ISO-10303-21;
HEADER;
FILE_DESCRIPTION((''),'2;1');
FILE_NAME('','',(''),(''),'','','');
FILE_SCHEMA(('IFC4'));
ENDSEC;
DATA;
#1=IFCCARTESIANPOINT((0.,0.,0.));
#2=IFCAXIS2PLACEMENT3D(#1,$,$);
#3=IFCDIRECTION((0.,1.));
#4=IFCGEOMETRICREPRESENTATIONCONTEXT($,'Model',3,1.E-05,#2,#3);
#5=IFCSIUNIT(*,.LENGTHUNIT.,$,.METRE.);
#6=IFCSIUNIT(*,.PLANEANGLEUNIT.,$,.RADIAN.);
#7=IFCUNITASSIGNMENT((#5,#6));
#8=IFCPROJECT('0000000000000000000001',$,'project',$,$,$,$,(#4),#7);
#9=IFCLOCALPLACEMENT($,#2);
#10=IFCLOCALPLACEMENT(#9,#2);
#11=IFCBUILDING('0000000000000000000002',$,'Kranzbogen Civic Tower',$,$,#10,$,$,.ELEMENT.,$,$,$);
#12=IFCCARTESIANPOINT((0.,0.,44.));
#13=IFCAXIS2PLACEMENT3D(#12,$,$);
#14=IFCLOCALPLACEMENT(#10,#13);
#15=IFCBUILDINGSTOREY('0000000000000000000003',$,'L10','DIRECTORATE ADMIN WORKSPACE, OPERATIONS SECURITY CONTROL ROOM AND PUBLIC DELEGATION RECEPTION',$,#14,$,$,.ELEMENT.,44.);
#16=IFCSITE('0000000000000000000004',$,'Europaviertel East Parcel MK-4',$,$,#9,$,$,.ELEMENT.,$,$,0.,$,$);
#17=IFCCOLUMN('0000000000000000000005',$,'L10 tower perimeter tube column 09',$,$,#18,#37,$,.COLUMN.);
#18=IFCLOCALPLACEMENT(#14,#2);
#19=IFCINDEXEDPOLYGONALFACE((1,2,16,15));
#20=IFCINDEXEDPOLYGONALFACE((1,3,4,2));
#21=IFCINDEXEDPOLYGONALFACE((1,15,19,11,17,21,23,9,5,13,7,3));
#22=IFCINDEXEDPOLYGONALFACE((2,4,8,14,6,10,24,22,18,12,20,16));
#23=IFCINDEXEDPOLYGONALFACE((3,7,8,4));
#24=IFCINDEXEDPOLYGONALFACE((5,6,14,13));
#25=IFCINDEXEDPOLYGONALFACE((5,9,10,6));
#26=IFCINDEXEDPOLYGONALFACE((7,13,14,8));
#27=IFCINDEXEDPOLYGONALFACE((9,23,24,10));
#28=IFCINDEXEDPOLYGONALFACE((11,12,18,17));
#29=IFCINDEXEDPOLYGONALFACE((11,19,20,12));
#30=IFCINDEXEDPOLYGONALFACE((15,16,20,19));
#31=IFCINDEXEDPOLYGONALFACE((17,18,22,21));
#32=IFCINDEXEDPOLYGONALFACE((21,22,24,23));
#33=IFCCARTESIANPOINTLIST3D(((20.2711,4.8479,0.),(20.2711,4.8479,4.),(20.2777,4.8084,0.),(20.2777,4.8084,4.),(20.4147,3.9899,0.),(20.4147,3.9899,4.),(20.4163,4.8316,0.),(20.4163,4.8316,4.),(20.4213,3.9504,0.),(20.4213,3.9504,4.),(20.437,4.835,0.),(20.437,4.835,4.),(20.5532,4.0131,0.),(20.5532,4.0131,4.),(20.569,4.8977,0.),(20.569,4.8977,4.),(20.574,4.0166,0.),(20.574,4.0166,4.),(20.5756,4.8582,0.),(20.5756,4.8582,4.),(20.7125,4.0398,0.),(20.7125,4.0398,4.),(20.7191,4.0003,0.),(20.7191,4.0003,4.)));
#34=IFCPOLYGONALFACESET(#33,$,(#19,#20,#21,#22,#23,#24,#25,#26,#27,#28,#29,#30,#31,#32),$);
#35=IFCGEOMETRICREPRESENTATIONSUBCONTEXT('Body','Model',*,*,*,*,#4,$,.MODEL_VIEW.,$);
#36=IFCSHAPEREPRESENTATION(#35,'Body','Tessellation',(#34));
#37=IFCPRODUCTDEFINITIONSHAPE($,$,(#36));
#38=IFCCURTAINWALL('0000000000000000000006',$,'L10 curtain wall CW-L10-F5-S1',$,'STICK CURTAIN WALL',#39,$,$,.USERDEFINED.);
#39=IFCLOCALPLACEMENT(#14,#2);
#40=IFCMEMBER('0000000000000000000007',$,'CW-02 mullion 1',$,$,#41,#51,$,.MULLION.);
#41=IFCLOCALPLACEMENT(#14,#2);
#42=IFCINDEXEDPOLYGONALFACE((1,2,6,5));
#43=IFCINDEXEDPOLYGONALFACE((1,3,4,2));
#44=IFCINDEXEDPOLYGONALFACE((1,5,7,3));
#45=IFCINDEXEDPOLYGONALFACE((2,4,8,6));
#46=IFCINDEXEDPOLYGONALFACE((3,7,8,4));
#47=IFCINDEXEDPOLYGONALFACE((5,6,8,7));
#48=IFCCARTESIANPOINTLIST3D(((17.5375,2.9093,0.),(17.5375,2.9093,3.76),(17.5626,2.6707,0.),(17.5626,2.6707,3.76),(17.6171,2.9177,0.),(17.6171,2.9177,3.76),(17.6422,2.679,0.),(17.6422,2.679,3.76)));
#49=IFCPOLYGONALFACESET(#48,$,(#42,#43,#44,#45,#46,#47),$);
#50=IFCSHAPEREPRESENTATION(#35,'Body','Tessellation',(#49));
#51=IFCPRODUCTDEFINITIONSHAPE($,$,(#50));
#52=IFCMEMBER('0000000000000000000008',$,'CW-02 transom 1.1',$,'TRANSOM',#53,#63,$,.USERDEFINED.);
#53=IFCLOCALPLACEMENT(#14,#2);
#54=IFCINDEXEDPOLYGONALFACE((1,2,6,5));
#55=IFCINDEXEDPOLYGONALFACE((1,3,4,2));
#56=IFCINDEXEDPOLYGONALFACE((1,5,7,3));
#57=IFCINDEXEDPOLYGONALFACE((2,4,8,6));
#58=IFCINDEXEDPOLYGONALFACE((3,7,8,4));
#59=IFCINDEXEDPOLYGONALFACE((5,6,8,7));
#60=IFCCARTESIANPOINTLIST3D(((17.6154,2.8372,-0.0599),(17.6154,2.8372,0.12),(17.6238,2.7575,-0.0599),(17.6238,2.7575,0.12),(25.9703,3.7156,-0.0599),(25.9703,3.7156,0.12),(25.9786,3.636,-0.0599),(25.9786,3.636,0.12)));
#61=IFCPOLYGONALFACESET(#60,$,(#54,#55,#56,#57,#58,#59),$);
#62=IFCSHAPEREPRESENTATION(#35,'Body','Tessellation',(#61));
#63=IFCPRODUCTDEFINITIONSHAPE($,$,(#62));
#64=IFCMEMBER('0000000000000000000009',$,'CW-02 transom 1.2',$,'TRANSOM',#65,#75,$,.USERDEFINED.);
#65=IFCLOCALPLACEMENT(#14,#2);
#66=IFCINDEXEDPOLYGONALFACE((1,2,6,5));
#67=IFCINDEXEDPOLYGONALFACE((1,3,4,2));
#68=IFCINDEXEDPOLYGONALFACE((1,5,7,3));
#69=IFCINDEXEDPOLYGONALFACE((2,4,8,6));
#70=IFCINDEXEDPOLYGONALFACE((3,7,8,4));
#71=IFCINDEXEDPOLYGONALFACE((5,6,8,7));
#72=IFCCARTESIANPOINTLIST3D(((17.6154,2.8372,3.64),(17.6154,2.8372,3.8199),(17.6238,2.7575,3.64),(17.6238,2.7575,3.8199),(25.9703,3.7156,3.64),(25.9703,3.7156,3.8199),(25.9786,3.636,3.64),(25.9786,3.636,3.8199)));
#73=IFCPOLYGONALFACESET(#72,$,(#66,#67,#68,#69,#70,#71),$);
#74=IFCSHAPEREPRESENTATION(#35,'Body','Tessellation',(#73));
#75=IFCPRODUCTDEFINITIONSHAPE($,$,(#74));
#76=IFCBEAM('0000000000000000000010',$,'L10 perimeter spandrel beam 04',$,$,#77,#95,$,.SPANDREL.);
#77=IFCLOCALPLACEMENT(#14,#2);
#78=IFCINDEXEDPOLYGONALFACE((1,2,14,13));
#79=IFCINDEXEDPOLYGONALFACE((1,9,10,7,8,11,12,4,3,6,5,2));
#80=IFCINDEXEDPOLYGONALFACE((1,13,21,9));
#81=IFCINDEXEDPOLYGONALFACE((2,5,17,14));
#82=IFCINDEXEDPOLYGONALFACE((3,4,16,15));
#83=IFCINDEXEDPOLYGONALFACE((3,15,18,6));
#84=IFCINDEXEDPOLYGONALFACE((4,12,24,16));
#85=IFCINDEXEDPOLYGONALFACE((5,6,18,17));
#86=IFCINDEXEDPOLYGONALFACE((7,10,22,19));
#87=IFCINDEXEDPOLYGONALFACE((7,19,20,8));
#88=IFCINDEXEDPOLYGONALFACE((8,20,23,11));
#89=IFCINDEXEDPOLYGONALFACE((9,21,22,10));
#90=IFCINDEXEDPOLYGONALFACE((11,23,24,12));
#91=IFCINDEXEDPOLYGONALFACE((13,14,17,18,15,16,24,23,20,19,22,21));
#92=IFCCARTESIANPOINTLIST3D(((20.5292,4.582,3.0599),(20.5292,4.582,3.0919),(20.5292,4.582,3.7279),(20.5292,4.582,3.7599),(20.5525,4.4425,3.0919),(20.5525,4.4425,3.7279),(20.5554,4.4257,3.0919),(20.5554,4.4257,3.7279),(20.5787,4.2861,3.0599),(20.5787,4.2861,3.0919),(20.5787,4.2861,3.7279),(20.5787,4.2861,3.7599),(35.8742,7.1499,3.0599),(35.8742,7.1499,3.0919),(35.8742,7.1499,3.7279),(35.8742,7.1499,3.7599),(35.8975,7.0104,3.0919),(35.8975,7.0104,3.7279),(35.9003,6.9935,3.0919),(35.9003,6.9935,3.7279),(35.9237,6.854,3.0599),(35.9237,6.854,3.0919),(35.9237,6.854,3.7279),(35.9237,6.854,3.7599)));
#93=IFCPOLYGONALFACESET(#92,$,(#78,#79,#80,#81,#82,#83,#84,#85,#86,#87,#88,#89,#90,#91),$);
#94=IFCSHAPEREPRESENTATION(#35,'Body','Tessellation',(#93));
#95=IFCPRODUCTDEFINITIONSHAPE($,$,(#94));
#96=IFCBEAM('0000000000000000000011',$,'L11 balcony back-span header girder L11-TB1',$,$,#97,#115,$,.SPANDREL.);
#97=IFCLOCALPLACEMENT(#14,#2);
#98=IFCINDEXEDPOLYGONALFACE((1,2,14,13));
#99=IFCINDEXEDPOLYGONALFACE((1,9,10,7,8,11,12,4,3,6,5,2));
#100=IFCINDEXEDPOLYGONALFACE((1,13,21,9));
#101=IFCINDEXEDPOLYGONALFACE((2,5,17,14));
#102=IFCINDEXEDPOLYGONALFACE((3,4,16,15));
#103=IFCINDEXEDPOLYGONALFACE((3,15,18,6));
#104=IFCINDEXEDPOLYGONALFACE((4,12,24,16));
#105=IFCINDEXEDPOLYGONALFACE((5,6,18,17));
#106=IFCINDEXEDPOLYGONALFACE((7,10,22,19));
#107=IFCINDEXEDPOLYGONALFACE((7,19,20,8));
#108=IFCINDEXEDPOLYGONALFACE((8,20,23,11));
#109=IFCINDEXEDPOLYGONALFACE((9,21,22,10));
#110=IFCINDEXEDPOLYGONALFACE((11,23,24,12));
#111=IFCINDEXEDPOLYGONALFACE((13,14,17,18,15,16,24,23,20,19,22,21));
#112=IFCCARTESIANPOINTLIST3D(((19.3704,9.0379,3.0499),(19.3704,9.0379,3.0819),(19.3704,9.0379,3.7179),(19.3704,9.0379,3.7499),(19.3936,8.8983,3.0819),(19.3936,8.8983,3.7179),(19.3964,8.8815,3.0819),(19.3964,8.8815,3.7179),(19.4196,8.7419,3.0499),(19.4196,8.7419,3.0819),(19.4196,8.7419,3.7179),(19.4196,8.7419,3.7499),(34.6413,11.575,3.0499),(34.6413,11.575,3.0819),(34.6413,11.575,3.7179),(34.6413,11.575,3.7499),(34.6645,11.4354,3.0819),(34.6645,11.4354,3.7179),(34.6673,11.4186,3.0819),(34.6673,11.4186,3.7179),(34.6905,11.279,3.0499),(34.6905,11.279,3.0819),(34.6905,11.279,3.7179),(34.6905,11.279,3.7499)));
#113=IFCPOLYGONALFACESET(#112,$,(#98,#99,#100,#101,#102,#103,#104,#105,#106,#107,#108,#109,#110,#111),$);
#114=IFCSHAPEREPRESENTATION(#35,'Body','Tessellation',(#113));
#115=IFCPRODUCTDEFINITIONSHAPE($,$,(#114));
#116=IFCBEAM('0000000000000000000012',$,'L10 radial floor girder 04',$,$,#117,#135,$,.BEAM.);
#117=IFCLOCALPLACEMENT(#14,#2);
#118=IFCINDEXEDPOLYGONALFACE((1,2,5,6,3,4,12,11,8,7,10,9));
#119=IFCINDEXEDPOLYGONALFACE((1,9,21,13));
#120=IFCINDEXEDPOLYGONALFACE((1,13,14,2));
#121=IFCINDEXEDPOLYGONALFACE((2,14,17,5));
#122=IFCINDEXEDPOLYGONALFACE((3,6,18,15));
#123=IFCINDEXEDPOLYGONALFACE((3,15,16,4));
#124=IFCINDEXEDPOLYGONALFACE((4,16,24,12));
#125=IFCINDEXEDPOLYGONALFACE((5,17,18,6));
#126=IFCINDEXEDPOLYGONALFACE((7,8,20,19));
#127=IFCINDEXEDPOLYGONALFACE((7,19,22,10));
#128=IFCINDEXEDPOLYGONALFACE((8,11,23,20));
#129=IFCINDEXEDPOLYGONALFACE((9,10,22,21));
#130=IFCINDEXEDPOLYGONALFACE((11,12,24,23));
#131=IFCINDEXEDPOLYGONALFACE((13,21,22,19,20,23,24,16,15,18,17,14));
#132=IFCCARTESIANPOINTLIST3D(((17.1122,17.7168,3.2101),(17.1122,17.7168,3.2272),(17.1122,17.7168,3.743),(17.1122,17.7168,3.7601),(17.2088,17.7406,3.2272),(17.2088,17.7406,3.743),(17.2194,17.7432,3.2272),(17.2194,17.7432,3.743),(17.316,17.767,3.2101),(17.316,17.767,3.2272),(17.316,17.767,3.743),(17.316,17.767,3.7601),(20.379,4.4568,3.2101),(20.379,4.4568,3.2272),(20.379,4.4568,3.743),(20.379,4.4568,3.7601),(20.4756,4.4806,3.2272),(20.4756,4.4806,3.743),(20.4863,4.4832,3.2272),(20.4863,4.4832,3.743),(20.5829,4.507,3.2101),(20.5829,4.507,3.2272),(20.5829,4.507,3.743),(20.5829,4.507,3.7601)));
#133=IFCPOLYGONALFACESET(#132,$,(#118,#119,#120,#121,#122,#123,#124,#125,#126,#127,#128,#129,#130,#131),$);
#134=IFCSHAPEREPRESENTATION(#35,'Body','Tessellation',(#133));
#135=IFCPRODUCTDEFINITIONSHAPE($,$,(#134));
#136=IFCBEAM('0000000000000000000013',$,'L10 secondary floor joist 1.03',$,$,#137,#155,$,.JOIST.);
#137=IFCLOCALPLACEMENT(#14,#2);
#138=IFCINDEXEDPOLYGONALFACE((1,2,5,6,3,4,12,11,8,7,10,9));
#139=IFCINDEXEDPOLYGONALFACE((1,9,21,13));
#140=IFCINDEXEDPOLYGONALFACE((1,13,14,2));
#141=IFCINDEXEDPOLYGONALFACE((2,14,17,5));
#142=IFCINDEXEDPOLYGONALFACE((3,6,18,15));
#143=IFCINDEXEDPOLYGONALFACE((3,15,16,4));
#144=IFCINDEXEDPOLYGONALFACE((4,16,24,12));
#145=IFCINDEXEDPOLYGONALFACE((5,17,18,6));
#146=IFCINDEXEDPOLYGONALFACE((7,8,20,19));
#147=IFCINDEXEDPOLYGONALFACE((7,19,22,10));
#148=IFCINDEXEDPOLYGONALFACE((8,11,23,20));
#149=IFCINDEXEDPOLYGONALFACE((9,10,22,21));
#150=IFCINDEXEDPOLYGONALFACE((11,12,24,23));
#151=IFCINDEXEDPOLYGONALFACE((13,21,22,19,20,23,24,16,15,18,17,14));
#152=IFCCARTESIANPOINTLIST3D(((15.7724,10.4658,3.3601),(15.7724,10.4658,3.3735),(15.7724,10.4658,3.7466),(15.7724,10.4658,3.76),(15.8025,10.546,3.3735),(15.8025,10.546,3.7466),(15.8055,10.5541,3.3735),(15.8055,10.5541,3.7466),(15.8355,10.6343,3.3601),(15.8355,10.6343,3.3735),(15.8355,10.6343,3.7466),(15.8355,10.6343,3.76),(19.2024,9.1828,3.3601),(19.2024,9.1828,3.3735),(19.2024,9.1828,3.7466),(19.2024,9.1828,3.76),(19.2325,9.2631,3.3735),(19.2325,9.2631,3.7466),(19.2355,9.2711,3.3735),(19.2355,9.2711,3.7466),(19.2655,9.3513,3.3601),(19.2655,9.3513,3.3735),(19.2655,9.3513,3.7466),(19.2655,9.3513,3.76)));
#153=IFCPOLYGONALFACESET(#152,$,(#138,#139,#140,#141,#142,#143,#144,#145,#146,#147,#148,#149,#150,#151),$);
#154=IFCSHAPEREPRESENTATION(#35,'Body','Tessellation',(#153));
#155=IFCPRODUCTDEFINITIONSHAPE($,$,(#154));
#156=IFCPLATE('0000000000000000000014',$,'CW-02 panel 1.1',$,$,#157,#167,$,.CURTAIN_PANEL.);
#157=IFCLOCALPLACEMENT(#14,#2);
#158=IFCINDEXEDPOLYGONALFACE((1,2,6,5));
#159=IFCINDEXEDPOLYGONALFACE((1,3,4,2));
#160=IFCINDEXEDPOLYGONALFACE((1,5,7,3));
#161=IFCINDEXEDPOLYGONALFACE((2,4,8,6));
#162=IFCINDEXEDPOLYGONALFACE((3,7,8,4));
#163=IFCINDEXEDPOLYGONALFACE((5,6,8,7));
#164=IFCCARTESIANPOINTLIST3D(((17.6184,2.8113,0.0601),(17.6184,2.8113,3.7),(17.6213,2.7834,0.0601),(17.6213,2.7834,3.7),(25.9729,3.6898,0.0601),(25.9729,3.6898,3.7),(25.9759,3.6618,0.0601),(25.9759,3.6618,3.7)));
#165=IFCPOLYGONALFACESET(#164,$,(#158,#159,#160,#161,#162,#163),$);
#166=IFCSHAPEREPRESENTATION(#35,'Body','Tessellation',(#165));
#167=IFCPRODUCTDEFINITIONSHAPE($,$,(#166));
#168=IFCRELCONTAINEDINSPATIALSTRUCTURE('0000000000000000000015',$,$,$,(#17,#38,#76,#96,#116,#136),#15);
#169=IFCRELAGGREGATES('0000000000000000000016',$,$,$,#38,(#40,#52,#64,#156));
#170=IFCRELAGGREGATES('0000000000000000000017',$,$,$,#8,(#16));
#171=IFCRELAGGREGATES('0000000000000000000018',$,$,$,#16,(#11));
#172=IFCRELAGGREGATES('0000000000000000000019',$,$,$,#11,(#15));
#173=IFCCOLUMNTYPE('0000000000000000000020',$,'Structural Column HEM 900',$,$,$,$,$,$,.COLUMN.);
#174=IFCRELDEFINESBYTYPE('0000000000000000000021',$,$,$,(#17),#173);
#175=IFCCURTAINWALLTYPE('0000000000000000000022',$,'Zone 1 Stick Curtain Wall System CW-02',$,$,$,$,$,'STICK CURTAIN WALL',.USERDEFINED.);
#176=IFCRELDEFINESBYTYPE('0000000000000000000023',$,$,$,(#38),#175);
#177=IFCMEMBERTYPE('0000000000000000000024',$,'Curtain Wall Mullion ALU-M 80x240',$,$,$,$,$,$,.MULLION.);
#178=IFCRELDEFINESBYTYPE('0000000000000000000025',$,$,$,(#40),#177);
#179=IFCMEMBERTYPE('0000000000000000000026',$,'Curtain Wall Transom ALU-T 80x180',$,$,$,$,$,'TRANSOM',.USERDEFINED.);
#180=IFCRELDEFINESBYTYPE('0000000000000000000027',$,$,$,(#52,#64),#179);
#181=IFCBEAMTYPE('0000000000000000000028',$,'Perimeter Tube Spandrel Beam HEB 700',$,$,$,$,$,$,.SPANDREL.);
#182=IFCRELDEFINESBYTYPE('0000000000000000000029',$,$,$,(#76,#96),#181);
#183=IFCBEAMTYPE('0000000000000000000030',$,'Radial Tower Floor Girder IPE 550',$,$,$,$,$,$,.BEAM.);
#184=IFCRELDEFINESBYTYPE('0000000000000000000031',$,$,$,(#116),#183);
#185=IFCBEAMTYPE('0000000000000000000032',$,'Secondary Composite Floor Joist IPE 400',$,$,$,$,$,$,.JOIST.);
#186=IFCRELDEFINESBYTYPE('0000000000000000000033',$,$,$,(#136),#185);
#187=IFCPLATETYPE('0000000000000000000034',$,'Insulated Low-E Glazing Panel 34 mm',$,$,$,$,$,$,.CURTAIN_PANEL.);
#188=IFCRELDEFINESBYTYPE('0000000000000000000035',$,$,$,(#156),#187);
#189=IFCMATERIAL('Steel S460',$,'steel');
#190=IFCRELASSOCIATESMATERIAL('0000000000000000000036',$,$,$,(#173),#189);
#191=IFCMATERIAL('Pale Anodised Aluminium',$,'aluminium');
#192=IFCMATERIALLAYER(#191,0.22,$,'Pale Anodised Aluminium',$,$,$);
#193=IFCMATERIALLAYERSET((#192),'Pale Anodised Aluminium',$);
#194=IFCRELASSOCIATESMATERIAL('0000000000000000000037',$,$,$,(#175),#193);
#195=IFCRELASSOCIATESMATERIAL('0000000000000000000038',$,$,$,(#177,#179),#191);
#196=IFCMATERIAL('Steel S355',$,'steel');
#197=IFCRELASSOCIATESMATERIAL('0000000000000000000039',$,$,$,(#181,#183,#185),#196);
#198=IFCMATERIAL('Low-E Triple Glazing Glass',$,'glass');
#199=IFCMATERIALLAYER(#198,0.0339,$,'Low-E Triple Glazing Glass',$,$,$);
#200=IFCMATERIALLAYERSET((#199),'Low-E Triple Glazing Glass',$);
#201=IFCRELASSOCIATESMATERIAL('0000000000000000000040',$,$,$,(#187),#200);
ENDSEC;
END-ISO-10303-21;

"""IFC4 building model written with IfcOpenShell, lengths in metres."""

from ifc_helpers import new_model, si_unit, direction, frame, origin, origin_2d, place, context, subcontext, project, spatial, rectangle, i_section, extrude, material, layer, layer_set, material_profile, profile_set, type_object, element, aggregate, save


model = new_model("IFC4")

# Units and contexts
model_context = context("Model", 3, precision=1e-05, world=origin(), true_north=direction((0.0, 1.0)))
body_context = subcontext(model_context, "Body", "Model", "MODEL_VIEW")
ifc_project = project(units=[si_unit("LENGTHUNIT", "METRE"), si_unit("PLANEANGLEUNIT", "RADIAN")], contexts=[model_context])

# Site, building, storey
site_placement = place(None, origin())
site = spatial("IfcSite", under=ifc_project, at=site_placement, Name="Europaviertel East Parcel MK-4", CompositionType="ELEMENT", RefElevation=0.0)
building_placement = place(site_placement, origin())
building = spatial("IfcBuilding", under=site, at=building_placement, Name="Kranzbogen Civic Tower", CompositionType="ELEMENT")
storey_placement = place(building_placement, frame((0.0, 0.0, 44.0)))
storey = spatial("IfcBuildingStorey", under=building, at=storey_placement, Name="L10", Description="DIRECTORATE ADMIN WORKSPACE, OPERATIONS SECURITY CONTROL ROOM AND PUBLIC DELEGATION RECEPTION", CompositionType="ELEMENT", Elevation=44.0)

# Column
ifc_material_1 = material(Name="Steel S460", Category="steel")
ifc_material_profile_1 = material_profile(ifc_material_1, i_section(OverallWidth=0.302, OverallDepth=0.9099, WebThickness=0.021, FlangeThickness=0.04, at=origin_2d()), Name="HEM 900")
ifc_profile_set_1 = profile_set([ifc_material_profile_1], Name="Steel S460")
column_type = type_object("IfcColumnType", Name="Structural Column HEM 900", PredefinedType="COLUMN", material=ifc_profile_set_1)
column_placement = place(storey_placement, frame((20.4951, 4.4241, 0.0), z_axis=(0.0, 0.0, 1.0), x_axis=(0.986286, 0.165048, 0.0)))
element("IfcColumn", 1, at=column_placement, inside=storey, type_object=column_type, Name="L10 tower perimeter tube column 09", PredefinedType="COLUMN", context=body_context, shape_type="SweptSolid", body=[
    extrude(i_section(OverallWidth=0.302, OverallDepth=0.9099, WebThickness=0.021, FlangeThickness=0.04, at=origin_2d()), origin(), (0.0, 0.0, 1.0), 4.0),
])

# Curtain wall, members
ifc_material_2 = material(Name="Pale Anodised Aluminium", Category="aluminium")
ifc_layer_1 = layer(ifc_material_2, 0.22, Name="Pale Anodised Aluminium")
ifc_layer_set_1 = layer_set([ifc_layer_1], Name="Pale Anodised Aluminium")
curtain_wall_type = type_object("IfcCurtainWallType", Name="Zone 1 Stick Curtain Wall System CW-02", ElementType="STICK CURTAIN WALL", PredefinedType="USERDEFINED", material=ifc_layer_set_1)
curtain_wall_placement = place(storey_placement, origin())
curtain_wall = element("IfcCurtainWall", 2, at=curtain_wall_placement, inside=storey, type_object=curtain_wall_type, Name="L10 curtain wall CW-L10-F5-S1", ObjectType="STICK CURTAIN WALL", PredefinedType="USERDEFINED")
ifc_material_profile_2 = material_profile(ifc_material_2, rectangle(XDim=0.0801, YDim=0.24, at=origin_2d()), Name="ALU-M 80x240")
ifc_profile_set_2 = profile_set([ifc_material_profile_2], Name="Pale Anodised Aluminium")
member_type_1 = type_object("IfcMemberType", Name="Curtain Wall Mullion ALU-M 80x240", PredefinedType="MULLION", material=ifc_profile_set_2)
member_1_placement = place(storey_placement, frame((17.5898, 2.7942, 0.0), z_axis=(0.0, 0.0, 1.0), x_axis=(0.994518, 0.104569, 0.0)))
member_1 = element("IfcMember", 3, at=member_1_placement, type_object=member_type_1, Name="CW-02 mullion 1", PredefinedType="MULLION", context=body_context, shape_type="SweptSolid", body=[
    extrude(rectangle(XDim=0.0801, YDim=0.24, at=origin_2d()), origin(), (0.0, 0.0, 1.0), 3.76),
])
ifc_material_profile_3 = material_profile(ifc_material_2, rectangle(XDim=0.0801, YDim=0.1799, at=origin_2d()), Name="ALU-T 80x180")
ifc_profile_set_3 = profile_set([ifc_material_profile_3], Name="Pale Anodised Aluminium")
member_type_2 = type_object("IfcMemberType", Name="Curtain Wall Transom ALU-T 80x180", ElementType="TRANSOM", PredefinedType="USERDEFINED", material=ifc_profile_set_3)
member_2_placement = place(storey_placement, frame((17.6196, 2.7974, 0.03), z_axis=(0.994518, 0.104564, 0.0), x_axis=(-0.104564, 0.994518, 0.0)))
member_2 = element("IfcMember", 4, at=member_2_placement, type_object=member_type_2, Name="CW-02 transom 1.1", ObjectType="TRANSOM", PredefinedType="USERDEFINED", context=body_context, shape_type="SweptSolid", body=[
    extrude(rectangle(XDim=0.0801, YDim=0.1799, at=origin_2d()), origin(), (0.0, 0.0, 1.0), 8.4009),
])
member_3_placement = place(storey_placement, frame((17.6196, 2.7974, 3.73), z_axis=(0.994518, 0.104564, 0.0), x_axis=(-0.104564, 0.994518, 0.0)))
member_3 = element("IfcMember", 5, at=member_3_placement, type_object=member_type_2, Name="CW-02 transom 1.2", ObjectType="TRANSOM", PredefinedType="USERDEFINED", context=body_context, shape_type="SweptSolid", body=[
    extrude(rectangle(XDim=0.0801, YDim=0.1799, at=origin_2d()), origin(), (0.0, 0.0, 1.0), 8.4009),
])

# Beams
ifc_material_3 = material(Name="Steel S355", Category="steel")
ifc_material_profile_4 = material_profile(ifc_material_3, i_section(OverallWidth=0.3, OverallDepth=0.7, WebThickness=0.0171, FlangeThickness=0.032, at=origin_2d()), Name="HEB 700")
ifc_profile_set_4 = profile_set([ifc_material_profile_4], Name="Steel S355")
beam_type_1 = type_object("IfcBeamType", Name="Perimeter Tube Spandrel Beam HEB 700", PredefinedType="SPANDREL", material=ifc_profile_set_4)
beam_1_placement = place(storey_placement, frame((20.554, 4.4341, 3.4099), z_axis=(0.986286, 0.165048, 0.0), x_axis=(-0.165048, 0.986286, 0.0)))
element("IfcBeam", 6, at=beam_1_placement, inside=storey, type_object=beam_type_1, Name="L10 perimeter spandrel beam 04", PredefinedType="SPANDREL", context=body_context, shape_type="SweptSolid", body=[
    extrude(i_section(OverallWidth=0.3, OverallDepth=0.7, WebThickness=0.0171, FlangeThickness=0.032, at=origin_2d()), origin(), (0.0, 0.0, 1.0), 15.5583),
])
beam_2_placement = place(storey_placement, frame((19.395, 8.8899, 3.3999), z_axis=(0.986478, 0.163893, 0.0), x_axis=(-0.163893, 0.986478, 0.0)))
element("IfcBeam", 7, at=beam_2_placement, inside=storey, type_object=beam_type_1, Name="L11 balcony back-span header girder L11-TB1", PredefinedType="SPANDREL", context=body_context, shape_type="SweptSolid", body=[
    extrude(i_section(OverallWidth=0.3, OverallDepth=0.7, WebThickness=0.0171, FlangeThickness=0.032, at=origin_2d()), origin(), (0.0, 0.0, 1.0), 15.4802),
])
ifc_material_profile_5 = material_profile(ifc_material_3, i_section(OverallWidth=0.21, OverallDepth=0.55, WebThickness=0.011, FlangeThickness=0.0171, at=origin_2d()), Name="IPE 550")
ifc_profile_set_5 = profile_set([ifc_material_profile_5], Name="Steel S355")
beam_type_2 = type_object("IfcBeamType", Name="Radial Tower Floor Girder IPE 550", PredefinedType="BEAM", material=ifc_profile_set_5)
beam_3_placement = place(storey_placement, frame((20.481, 4.4819, 3.4851), z_axis=(-0.239215, 0.970967, 0.0), x_axis=(-0.970967, -0.239215, 0.0)))
element("IfcBeam", 8, at=beam_3_placement, inside=storey, type_object=beam_type_2, Name="L10 radial floor girder 04", PredefinedType="BEAM", context=body_context, shape_type="SweptSolid", body=[
    extrude(i_section(OverallWidth=0.21, OverallDepth=0.55, WebThickness=0.011, FlangeThickness=0.0171, at=origin_2d()), origin(), (0.0, 0.0, 1.0), 13.6565),
])
ifc_material_profile_6 = material_profile(ifc_material_3, i_section(OverallWidth=0.1799, OverallDepth=0.3999, WebThickness=0.0085, FlangeThickness=0.0134, at=origin_2d()), Name="IPE 400")
ifc_profile_set_6 = profile_set([ifc_material_profile_6], Name="Steel S355")
beam_type_3 = type_object("IfcBeamType", Name="Secondary Composite Floor Joist IPE 400", PredefinedType="JOIST", material=ifc_profile_set_6)
beam_4_placement = place(storey_placement, frame((15.804, 10.55, 3.5601), z_axis=(0.936622, -0.350342, 0.0), x_axis=(0.350342, 0.936622, 0.0)))
element("IfcBeam", 9, at=beam_4_placement, inside=storey, type_object=beam_type_3, Name="L10 secondary floor joist 1.03", PredefinedType="JOIST", context=body_context, shape_type="SweptSolid", body=[
    extrude(i_section(OverallWidth=0.1799, OverallDepth=0.3999, WebThickness=0.0085, FlangeThickness=0.0134, at=origin_2d()), origin(), (0.0, 0.0, 1.0), 3.6621),
])

# Plate
ifc_material_4 = material(Name="Low-E Triple Glazing Glass", Category="glass")
ifc_layer_2 = layer(ifc_material_4, 0.0339, Name="Low-E Triple Glazing Glass")
ifc_layer_set_2 = layer_set([ifc_layer_2], Name="Low-E Triple Glazing Glass")
plate_type = type_object("IfcPlateType", Name="Insulated Low-E Glazing Panel 34 mm", PredefinedType="CURTAIN_PANEL", material=ifc_layer_set_2)
plate_placement = place(storey_placement, frame((21.7971, 3.2366, 0.0601), z_axis=(0.0, 0.0, 1.0), x_axis=(0.994518, 0.104569, 0.0)))
plate = element("IfcPlate", 10, at=plate_placement, type_object=plate_type, Name="CW-02 panel 1.1", PredefinedType="CURTAIN_PANEL", context=body_context, shape_type="SweptSolid", body=[
    extrude(rectangle(XDim=8.4006, YDim=0.0281, at=origin_2d()), origin(), (0.0, 0.0, 1.0), 3.6399),
])
aggregate(curtain_wall, [member_1, member_2, member_3, plate])

save(model, "model.ifc")
